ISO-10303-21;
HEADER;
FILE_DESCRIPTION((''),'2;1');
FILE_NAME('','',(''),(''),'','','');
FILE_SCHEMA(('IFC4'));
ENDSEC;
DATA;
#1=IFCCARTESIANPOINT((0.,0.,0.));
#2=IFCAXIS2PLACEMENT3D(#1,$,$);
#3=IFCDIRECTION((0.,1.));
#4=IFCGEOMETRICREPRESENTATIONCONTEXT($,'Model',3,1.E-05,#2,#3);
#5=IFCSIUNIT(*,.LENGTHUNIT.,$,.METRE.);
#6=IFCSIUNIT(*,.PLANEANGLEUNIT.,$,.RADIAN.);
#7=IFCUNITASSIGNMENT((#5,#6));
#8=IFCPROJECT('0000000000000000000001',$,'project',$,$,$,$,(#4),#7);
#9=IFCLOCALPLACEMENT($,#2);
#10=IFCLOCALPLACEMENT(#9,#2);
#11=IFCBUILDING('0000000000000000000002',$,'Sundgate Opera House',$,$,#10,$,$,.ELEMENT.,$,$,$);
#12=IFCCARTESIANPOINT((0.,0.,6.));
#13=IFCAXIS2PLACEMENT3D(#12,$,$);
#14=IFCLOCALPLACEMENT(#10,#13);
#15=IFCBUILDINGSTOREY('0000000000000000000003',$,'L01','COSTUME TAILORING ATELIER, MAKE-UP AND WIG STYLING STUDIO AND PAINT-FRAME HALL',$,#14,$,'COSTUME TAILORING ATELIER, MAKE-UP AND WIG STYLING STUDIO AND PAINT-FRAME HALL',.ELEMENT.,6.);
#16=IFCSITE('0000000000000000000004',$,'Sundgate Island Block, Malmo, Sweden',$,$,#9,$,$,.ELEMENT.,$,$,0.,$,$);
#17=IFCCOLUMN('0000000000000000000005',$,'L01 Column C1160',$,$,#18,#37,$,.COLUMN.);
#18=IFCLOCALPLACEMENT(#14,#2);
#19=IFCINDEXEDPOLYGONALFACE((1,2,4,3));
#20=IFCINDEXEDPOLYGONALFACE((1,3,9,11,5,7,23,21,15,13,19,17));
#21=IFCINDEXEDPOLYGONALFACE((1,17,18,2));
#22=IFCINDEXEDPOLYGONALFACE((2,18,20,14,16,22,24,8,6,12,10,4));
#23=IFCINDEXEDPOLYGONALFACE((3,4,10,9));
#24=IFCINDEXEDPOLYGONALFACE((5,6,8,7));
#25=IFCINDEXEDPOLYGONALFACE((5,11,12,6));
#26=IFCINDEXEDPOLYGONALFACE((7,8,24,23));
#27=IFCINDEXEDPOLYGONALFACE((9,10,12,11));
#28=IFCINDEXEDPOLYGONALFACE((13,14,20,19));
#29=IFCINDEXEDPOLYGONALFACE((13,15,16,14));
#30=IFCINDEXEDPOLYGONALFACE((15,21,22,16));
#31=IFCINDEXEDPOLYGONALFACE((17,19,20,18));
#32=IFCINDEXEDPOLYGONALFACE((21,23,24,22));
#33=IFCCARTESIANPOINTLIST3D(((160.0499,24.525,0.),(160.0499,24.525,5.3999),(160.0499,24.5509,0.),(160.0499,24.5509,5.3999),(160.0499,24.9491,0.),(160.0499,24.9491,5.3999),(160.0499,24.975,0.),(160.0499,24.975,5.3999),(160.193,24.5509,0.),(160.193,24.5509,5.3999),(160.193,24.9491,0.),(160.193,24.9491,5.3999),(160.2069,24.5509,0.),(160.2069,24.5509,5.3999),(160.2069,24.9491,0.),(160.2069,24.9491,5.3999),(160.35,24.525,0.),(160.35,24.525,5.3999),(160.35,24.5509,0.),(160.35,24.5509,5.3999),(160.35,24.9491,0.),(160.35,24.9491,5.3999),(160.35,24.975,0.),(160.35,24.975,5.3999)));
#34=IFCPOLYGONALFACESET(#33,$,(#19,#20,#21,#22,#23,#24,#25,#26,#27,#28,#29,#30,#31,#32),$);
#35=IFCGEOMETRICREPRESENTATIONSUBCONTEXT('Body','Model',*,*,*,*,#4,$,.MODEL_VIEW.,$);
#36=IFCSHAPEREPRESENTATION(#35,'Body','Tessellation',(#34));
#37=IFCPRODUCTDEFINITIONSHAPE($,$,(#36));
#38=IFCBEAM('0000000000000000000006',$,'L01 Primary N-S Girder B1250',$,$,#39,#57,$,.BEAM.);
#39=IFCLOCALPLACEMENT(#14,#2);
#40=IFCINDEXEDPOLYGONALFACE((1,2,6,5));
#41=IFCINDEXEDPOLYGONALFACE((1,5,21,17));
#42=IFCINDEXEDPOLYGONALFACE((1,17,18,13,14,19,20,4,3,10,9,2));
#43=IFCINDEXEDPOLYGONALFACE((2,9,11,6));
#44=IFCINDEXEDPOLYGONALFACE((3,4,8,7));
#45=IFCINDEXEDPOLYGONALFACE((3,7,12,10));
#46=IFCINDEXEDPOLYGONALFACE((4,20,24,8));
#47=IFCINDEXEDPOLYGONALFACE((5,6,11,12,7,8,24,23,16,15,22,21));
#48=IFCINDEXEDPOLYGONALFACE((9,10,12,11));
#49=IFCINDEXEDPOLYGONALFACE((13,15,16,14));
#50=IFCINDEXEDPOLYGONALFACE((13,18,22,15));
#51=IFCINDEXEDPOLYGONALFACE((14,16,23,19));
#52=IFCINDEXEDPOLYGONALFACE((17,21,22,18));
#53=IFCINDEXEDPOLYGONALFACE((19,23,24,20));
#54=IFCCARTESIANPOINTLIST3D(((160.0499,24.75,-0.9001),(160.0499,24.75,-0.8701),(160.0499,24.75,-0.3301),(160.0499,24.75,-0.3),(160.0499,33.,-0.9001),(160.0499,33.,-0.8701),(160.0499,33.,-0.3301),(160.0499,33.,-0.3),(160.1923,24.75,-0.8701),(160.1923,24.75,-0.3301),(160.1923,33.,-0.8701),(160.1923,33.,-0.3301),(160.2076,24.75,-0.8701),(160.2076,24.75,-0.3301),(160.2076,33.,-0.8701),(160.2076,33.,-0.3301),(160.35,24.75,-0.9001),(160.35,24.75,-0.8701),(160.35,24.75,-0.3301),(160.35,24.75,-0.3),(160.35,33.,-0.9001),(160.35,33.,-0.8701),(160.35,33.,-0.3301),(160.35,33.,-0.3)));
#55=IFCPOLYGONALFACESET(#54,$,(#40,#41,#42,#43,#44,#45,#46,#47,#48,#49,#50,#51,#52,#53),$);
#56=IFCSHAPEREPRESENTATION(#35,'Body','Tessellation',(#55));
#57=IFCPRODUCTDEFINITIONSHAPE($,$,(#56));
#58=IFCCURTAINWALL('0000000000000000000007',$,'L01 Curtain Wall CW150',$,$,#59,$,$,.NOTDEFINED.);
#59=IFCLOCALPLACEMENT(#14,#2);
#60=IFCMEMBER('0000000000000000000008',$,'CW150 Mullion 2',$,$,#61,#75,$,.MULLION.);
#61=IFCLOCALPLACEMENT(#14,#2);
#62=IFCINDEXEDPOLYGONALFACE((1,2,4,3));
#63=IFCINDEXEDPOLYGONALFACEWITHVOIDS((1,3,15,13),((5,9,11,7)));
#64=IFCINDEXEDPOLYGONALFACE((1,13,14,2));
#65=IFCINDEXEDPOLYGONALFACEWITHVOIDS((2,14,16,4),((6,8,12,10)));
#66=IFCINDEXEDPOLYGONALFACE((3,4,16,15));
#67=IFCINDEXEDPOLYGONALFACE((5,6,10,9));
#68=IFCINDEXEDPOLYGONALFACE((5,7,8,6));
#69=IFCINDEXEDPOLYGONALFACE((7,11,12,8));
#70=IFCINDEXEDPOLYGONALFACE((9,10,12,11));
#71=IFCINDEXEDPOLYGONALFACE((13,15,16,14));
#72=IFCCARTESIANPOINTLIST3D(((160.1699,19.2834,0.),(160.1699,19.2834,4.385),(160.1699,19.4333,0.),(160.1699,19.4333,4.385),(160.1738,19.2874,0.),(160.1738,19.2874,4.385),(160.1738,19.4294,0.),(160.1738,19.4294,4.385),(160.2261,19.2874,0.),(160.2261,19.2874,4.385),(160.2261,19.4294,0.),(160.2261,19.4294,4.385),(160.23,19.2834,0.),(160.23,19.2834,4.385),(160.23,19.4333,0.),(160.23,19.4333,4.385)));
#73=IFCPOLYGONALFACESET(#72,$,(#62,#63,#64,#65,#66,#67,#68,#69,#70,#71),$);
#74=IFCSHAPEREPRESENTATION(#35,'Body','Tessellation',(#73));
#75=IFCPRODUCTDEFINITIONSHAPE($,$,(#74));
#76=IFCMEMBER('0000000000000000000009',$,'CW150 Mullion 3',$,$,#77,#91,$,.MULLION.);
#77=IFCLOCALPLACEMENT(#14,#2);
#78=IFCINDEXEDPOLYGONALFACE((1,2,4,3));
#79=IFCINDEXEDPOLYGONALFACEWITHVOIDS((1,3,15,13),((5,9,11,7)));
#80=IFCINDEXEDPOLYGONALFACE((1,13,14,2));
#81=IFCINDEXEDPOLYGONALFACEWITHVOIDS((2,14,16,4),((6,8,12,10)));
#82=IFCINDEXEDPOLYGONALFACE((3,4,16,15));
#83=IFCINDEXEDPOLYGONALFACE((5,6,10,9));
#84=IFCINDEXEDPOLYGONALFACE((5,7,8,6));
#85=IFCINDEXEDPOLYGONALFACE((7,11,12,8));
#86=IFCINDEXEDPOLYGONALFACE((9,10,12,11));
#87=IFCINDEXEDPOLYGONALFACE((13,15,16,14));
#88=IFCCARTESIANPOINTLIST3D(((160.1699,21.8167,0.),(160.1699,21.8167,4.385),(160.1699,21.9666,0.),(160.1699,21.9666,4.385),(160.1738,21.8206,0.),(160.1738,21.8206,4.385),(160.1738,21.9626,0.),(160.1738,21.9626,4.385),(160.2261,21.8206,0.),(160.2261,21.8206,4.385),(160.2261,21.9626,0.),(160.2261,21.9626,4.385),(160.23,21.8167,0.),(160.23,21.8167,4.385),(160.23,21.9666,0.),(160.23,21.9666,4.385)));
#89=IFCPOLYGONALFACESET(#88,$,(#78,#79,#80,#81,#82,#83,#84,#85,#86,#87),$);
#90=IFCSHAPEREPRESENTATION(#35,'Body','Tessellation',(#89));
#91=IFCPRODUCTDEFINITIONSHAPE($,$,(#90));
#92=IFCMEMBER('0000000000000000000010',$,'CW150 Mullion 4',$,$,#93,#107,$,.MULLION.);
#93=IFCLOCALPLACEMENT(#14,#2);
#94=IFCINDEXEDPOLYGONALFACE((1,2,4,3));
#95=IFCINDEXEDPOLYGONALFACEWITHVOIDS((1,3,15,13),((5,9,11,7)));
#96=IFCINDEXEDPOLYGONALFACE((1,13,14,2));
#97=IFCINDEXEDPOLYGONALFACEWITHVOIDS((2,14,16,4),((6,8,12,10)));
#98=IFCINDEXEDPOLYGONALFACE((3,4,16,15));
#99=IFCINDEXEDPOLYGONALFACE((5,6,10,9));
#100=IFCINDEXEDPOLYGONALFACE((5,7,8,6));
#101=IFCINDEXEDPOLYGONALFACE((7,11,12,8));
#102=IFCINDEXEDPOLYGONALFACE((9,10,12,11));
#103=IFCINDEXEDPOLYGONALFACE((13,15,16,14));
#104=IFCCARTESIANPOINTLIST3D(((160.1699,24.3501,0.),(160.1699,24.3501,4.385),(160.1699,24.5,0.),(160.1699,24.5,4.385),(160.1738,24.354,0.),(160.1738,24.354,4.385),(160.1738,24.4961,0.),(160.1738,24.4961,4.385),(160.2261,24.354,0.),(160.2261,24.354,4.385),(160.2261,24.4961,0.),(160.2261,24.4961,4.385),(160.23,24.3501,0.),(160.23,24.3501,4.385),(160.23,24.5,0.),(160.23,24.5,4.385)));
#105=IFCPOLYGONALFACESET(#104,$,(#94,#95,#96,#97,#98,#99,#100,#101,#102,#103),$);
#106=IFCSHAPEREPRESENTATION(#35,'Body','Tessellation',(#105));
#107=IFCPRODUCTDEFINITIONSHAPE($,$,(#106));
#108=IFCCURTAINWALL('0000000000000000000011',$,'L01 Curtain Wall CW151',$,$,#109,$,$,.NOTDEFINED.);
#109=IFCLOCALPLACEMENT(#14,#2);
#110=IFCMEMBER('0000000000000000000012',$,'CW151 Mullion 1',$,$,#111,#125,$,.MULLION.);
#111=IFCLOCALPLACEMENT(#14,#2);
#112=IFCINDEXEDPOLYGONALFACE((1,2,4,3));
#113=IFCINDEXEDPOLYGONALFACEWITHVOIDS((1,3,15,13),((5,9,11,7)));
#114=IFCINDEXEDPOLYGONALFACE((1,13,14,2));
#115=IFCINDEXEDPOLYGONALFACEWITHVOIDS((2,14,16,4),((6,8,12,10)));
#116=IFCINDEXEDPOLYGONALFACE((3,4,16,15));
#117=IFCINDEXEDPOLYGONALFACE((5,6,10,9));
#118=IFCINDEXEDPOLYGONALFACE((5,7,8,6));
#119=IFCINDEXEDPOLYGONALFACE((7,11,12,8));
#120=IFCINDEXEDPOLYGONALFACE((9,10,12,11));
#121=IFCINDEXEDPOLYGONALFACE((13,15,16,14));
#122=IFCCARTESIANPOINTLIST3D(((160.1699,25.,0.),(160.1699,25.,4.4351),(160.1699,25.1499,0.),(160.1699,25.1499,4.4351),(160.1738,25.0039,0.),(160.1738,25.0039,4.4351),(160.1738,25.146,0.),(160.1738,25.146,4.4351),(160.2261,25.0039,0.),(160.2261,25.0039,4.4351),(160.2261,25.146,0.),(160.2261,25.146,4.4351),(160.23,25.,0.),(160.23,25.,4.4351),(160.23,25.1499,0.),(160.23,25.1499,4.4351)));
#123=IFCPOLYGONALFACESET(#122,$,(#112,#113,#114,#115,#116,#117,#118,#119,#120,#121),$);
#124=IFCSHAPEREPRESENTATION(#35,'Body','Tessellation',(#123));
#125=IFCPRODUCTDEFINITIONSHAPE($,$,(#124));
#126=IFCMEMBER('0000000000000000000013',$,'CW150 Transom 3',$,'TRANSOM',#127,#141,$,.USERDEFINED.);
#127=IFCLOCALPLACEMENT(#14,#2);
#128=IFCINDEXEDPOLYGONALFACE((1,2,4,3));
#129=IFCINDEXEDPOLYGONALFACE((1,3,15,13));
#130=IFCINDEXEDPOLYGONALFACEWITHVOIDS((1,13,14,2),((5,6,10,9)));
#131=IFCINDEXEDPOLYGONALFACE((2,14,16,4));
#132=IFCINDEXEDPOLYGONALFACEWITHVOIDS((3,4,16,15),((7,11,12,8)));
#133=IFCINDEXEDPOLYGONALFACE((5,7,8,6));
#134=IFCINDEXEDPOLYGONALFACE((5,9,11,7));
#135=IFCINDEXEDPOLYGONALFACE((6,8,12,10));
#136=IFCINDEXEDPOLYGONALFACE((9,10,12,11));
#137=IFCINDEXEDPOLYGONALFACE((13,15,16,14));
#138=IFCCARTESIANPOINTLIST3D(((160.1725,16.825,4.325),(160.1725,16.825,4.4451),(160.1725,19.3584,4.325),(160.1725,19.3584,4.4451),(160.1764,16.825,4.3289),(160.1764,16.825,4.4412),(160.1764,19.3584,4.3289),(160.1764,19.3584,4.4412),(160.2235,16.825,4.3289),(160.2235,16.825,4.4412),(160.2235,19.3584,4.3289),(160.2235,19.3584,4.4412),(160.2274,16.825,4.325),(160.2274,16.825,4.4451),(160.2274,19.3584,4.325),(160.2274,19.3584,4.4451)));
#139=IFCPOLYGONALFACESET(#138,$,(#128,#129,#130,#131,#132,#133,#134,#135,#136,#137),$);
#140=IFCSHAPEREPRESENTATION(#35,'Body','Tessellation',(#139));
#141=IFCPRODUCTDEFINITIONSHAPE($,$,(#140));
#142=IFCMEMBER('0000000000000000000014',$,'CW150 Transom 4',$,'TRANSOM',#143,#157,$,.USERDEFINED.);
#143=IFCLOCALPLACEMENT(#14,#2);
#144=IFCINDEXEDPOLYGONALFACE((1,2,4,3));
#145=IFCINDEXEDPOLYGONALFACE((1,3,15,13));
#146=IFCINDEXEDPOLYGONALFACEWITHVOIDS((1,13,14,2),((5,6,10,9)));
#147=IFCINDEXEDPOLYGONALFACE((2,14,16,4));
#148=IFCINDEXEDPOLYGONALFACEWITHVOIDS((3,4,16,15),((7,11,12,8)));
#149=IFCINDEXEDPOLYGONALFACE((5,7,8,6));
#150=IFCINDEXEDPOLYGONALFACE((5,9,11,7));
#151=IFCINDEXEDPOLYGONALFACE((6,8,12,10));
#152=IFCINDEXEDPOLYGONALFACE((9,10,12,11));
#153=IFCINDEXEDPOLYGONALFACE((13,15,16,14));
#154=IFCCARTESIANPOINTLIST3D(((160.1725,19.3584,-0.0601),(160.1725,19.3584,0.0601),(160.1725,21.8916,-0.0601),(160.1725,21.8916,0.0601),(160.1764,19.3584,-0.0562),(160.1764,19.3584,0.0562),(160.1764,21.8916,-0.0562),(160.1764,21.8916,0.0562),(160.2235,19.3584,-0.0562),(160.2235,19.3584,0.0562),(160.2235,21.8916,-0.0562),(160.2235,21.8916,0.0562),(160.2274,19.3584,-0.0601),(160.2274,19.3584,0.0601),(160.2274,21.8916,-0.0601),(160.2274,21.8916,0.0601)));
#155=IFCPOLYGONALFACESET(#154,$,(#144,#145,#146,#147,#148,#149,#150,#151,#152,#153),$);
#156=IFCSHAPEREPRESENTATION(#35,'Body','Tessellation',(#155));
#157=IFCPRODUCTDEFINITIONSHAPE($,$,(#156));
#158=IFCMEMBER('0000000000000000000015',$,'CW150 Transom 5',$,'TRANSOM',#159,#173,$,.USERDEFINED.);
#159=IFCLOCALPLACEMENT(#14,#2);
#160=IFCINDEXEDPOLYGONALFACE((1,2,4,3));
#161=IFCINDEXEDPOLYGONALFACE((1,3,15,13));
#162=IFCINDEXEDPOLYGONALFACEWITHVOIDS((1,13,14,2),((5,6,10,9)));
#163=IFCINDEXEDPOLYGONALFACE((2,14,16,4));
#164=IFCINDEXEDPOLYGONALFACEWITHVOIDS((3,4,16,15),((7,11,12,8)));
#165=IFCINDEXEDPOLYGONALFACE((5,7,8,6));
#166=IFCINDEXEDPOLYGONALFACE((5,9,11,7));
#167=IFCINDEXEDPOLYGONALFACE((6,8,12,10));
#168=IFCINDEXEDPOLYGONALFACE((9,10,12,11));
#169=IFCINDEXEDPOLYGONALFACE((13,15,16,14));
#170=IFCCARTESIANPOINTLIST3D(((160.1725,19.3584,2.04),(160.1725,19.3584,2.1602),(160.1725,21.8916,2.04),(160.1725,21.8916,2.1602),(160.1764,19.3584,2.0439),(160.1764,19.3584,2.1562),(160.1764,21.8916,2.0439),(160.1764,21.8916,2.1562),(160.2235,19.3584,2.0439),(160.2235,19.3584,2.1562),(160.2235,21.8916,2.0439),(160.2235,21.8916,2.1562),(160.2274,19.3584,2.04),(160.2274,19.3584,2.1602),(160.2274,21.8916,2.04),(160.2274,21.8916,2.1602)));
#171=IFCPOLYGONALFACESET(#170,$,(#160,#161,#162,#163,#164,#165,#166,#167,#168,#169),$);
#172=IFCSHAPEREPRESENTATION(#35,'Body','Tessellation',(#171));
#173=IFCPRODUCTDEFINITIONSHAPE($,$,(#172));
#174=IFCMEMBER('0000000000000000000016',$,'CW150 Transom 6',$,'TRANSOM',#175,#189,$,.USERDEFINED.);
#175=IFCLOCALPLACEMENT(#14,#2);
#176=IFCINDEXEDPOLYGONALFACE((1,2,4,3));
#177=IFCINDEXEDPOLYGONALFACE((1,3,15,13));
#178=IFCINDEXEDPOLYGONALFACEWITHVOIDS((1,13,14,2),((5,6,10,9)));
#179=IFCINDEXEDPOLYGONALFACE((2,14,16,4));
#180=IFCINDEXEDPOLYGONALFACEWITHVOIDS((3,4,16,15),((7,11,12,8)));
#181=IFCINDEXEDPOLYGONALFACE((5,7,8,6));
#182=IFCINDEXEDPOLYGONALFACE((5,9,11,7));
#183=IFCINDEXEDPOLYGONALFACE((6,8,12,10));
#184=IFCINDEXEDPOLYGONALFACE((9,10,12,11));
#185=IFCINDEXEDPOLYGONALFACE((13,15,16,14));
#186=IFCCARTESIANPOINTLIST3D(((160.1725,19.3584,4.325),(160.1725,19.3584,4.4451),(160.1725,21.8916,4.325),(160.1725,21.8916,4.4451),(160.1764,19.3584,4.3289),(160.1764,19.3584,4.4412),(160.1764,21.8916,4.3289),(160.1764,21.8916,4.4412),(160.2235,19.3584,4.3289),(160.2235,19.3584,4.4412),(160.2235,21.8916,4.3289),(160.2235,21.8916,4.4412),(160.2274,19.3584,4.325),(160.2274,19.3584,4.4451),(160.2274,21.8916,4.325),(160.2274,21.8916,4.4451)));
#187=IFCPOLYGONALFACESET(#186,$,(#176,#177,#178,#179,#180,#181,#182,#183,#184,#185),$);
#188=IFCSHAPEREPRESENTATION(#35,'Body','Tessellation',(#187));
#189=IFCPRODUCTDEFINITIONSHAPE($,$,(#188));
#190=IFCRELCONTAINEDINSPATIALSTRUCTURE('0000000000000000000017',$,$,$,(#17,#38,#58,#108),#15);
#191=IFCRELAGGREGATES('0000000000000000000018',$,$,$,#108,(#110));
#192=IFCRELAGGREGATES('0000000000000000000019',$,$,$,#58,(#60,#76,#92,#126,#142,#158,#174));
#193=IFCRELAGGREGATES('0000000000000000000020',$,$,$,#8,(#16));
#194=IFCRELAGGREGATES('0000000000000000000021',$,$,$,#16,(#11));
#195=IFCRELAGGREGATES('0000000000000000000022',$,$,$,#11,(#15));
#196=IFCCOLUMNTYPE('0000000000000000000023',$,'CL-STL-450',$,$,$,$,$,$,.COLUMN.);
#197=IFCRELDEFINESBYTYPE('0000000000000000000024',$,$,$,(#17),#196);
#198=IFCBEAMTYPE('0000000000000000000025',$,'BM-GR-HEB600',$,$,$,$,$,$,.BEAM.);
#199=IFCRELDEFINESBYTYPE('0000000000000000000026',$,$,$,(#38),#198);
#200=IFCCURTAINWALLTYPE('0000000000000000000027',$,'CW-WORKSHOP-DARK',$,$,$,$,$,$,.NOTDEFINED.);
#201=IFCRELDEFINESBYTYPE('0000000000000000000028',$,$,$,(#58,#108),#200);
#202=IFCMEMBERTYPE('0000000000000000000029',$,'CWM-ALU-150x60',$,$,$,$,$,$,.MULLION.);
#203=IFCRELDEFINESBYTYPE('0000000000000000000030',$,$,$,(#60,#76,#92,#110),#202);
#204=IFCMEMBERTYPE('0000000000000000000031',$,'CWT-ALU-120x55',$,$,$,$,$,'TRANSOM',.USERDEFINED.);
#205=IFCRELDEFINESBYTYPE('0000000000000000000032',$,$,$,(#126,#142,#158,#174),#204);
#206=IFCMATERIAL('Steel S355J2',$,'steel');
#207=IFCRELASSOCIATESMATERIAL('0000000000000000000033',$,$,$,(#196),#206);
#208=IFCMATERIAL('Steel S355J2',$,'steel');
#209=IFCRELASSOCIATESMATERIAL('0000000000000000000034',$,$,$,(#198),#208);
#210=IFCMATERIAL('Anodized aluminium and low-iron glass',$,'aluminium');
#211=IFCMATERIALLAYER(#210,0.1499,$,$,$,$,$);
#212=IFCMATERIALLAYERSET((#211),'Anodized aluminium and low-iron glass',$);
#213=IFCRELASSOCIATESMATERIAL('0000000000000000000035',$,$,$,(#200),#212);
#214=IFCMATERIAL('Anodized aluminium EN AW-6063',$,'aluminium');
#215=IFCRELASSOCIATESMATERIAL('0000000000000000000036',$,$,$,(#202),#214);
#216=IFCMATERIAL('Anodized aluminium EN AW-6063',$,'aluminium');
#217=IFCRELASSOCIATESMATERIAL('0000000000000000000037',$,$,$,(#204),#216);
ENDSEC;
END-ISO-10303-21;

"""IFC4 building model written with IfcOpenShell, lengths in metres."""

from ifc_helpers import new_model, si_unit, direction, frame, origin, origin_2d, place, context, subcontext, project, spatial, hollow_rectangle, i_section, extrude, material, layer, layer_set, material_profile, profile_set, type_object, element, aggregate, save


model = new_model("IFC4")

# Units and contexts
model_context = context("Model", 3, precision=1e-05, world=origin(), true_north=direction((0.0, 1.0)))
body_context = subcontext(model_context, "Body", "Model", "MODEL_VIEW")
ifc_project = project(units=[si_unit("LENGTHUNIT", "METRE"), si_unit("PLANEANGLEUNIT", "RADIAN")], contexts=[model_context])

# Site, building, storey
site_placement = place(None, origin())
site = spatial("IfcSite", under=ifc_project, at=site_placement, Name="Sundgate Island Block, Malmo, Sweden", CompositionType="ELEMENT", RefElevation=0.0)
building_placement = place(site_placement, origin())
building = spatial("IfcBuilding", under=site, at=building_placement, Name="Sundgate Opera House", CompositionType="ELEMENT")
storey_placement = place(building_placement, frame((0.0, 0.0, 6.0)))
storey = spatial("IfcBuildingStorey", under=building, at=storey_placement, Name="L01", Description="COSTUME TAILORING ATELIER, MAKE-UP AND WIG STYLING STUDIO AND PAINT-FRAME HALL", LongName="COSTUME TAILORING ATELIER, MAKE-UP AND WIG STYLING STUDIO AND PAINT-FRAME HALL", CompositionType="ELEMENT", Elevation=6.0)

# Column
ifc_material_1 = material(Name="Steel S355J2", Category="steel")
ifc_material_profile_1 = material_profile(ifc_material_1, i_section(OverallWidth=0.3, OverallDepth=0.45, WebThickness=0.0139, FlangeThickness=0.0259, at=origin_2d()), Name="HEB 450")
ifc_profile_set_1 = profile_set([ifc_material_profile_1], Name="Steel S355J2")
column_type = type_object("IfcColumnType", Name="CL-STL-450", PredefinedType="COLUMN", material=ifc_profile_set_1)
column_placement = place(storey_placement, frame((160.2, 24.75, 0.0), z_axis=(0.0, 0.0, 1.0), x_axis=(1.0, 0.0, 0.0)))
element("IfcColumn", 1, at=column_placement, inside=storey, type_object=column_type, Name="L01 Column C1160", PredefinedType="COLUMN", context=body_context, shape_type="SweptSolid", body=[
    extrude(i_section(OverallWidth=0.3, OverallDepth=0.45, WebThickness=0.0139, FlangeThickness=0.0259, at=origin_2d()), origin(), (0.0, 0.0, 1.0), 5.3999),
])

# Beam
ifc_material_2 = material(Name="Steel S355J2", Category="steel")
ifc_material_profile_2 = material_profile(ifc_material_2, i_section(OverallWidth=0.3, OverallDepth=0.6001, WebThickness=0.0154, FlangeThickness=0.03, at=origin_2d()), Name="HEB 600")
ifc_profile_set_2 = profile_set([ifc_material_profile_2], Name="Steel S355J2")
beam_type = type_object("IfcBeamType", Name="BM-GR-HEB600", PredefinedType="BEAM", material=ifc_profile_set_2)
beam_placement = place(storey_placement, frame((160.2, 24.75, -0.6001), z_axis=(0.0, 1.0, 0.0), x_axis=(-1.0, 0.0, 0.0)))
element("IfcBeam", 2, at=beam_placement, inside=storey, type_object=beam_type, Name="L01 Primary N-S Girder B1250", PredefinedType="BEAM", context=body_context, shape_type="SweptSolid", body=[
    extrude(i_section(OverallWidth=0.3, OverallDepth=0.6001, WebThickness=0.0154, FlangeThickness=0.03, at=origin_2d()), origin(), (0.0, 0.0, 1.0), 8.25),
])

# Curtain wall, members
ifc_material_3 = material(Name="Anodized aluminium and low-iron glass", Category="aluminium")
ifc_layer_1 = layer(ifc_material_3, 0.1499)
ifc_layer_set_1 = layer_set([ifc_layer_1], Name="Anodized aluminium and low-iron glass")
curtain_wall_type = type_object("IfcCurtainWallType", Name="CW-WORKSHOP-DARK", PredefinedType="NOTDEFINED", material=ifc_layer_set_1)
curtain_wall_1_placement = place(storey_placement, origin())
curtain_wall_1 = element("IfcCurtainWall", 3, at=curtain_wall_1_placement, inside=storey, type_object=curtain_wall_type, Name="L01 Curtain Wall CW150", PredefinedType="NOTDEFINED")
ifc_material_4 = material(Name="Anodized aluminium EN AW-6063", Category="aluminium")
ifc_material_profile_3 = material_profile(ifc_material_4, hollow_rectangle(XDim=0.0601, YDim=0.1499, WallThickness=0.0039, at=origin_2d()), Name="CWM 150x60x4")
ifc_profile_set_3 = profile_set([ifc_material_profile_3], Name="Anodized aluminium EN AW-6063")
member_type_1 = type_object("IfcMemberType", Name="CWM-ALU-150x60", PredefinedType="MULLION", material=ifc_profile_set_3)
member_1_placement = place(storey_placement, frame((160.2, 19.3584, 0.0), z_axis=(0.0, 0.0, 1.0), x_axis=(1.0, 0.0, 0.0)))
member_1 = element("IfcMember", 4, at=member_1_placement, type_object=member_type_1, Name="CW150 Mullion 2", PredefinedType="MULLION", context=body_context, shape_type="SweptSolid", body=[
    extrude(hollow_rectangle(XDim=0.0601, YDim=0.1499, WallThickness=0.0039, at=origin_2d()), origin(), (0.0, 0.0, 1.0), 4.385),
])
member_2_placement = place(storey_placement, frame((160.2, 21.8916, 0.0), z_axis=(0.0, 0.0, 1.0), x_axis=(1.0, 0.0, 0.0)))
member_2 = element("IfcMember", 5, at=member_2_placement, type_object=member_type_1, Name="CW150 Mullion 3", PredefinedType="MULLION", context=body_context, shape_type="SweptSolid", body=[
    extrude(hollow_rectangle(XDim=0.0601, YDim=0.1499, WallThickness=0.0039, at=origin_2d()), origin(), (0.0, 0.0, 1.0), 4.385),
])
member_3_placement = place(storey_placement, frame((160.2, 24.425, 0.0), z_axis=(0.0, 0.0, 1.0), x_axis=(1.0, 0.0, 0.0)))
member_3 = element("IfcMember", 6, at=member_3_placement, type_object=member_type_1, Name="CW150 Mullion 4", PredefinedType="MULLION", context=body_context, shape_type="SweptSolid", body=[
    extrude(hollow_rectangle(XDim=0.0601, YDim=0.1499, WallThickness=0.0039, at=origin_2d()), origin(), (0.0, 0.0, 1.0), 4.385),
])

# Curtain wall, member
curtain_wall_2_placement = place(storey_placement, origin())
curtain_wall_2 = element("IfcCurtainWall", 7, at=curtain_wall_2_placement, inside=storey, type_object=curtain_wall_type, Name="L01 Curtain Wall CW151", PredefinedType="NOTDEFINED")
member_4_placement = place(storey_placement, frame((160.2, 25.075, 0.0), z_axis=(0.0, 0.0, 1.0), x_axis=(1.0, 0.0, 0.0)))
member_4 = element("IfcMember", 8, at=member_4_placement, type_object=member_type_1, Name="CW151 Mullion 1", PredefinedType="MULLION", context=body_context, shape_type="SweptSolid", body=[
    extrude(hollow_rectangle(XDim=0.0601, YDim=0.1499, WallThickness=0.0039, at=origin_2d()), origin(), (0.0, 0.0, 1.0), 4.4351),
])

# Members
ifc_material_5 = material(Name="Anodized aluminium EN AW-6063", Category="aluminium")
ifc_material_profile_4 = material_profile(ifc_material_5, hollow_rectangle(XDim=0.0549, YDim=0.1201, WallThickness=0.0039, at=origin_2d()), Name="CWT 120x55x4")
ifc_profile_set_4 = profile_set([ifc_material_profile_4], Name="Anodized aluminium EN AW-6063")
member_type_2 = type_object("IfcMemberType", Name="CWT-ALU-120x55", ElementType="TRANSOM", PredefinedType="USERDEFINED", material=ifc_profile_set_4)
member_5_placement = place(storey_placement, frame((160.2, 16.825, 4.385), z_axis=(0.0, 1.0, 0.0), x_axis=(-1.0, 0.0, 0.0)))
member_5 = element("IfcMember", 9, at=member_5_placement, type_object=member_type_2, Name="CW150 Transom 3", ObjectType="TRANSOM", PredefinedType="USERDEFINED", context=body_context, shape_type="SweptSolid", body=[
    extrude(hollow_rectangle(XDim=0.0549, YDim=0.1201, WallThickness=0.0039, at=origin_2d()), origin(), (0.0, 0.0, 1.0), 2.5334),
])
member_6_placement = place(storey_placement, frame((160.2, 19.3584, 0.0), z_axis=(0.0, 1.0, 0.0), x_axis=(-1.0, 0.0, 0.0)))
member_6 = element("IfcMember", 10, at=member_6_placement, type_object=member_type_2, Name="CW150 Transom 4", ObjectType="TRANSOM", PredefinedType="USERDEFINED", context=body_context, shape_type="SweptSolid", body=[
    extrude(hollow_rectangle(XDim=0.0549, YDim=0.1201, WallThickness=0.0039, at=origin_2d()), origin(), (0.0, 0.0, 1.0), 2.5332),
])
member_7_placement = place(storey_placement, frame((160.2, 19.3584, 2.1001), z_axis=(0.0, 1.0, 0.0), x_axis=(-1.0, 0.0, 0.0)))
member_7 = element("IfcMember", 11, at=member_7_placement, type_object=member_type_2, Name="CW150 Transom 5", ObjectType="TRANSOM", PredefinedType="USERDEFINED", context=body_context, shape_type="SweptSolid", body=[
    extrude(hollow_rectangle(XDim=0.0549, YDim=0.1201, WallThickness=0.0039, at=origin_2d()), origin(), (0.0, 0.0, 1.0), 2.5332),
])
member_8_placement = place(storey_placement, frame((160.2, 19.3584, 4.385), z_axis=(0.0, 1.0, 0.0), x_axis=(-1.0, 0.0, 0.0)))
member_8 = element("IfcMember", 12, at=member_8_placement, type_object=member_type_2, Name="CW150 Transom 6", ObjectType="TRANSOM", PredefinedType="USERDEFINED", context=body_context, shape_type="SweptSolid", body=[
    extrude(hollow_rectangle(XDim=0.0549, YDim=0.1201, WallThickness=0.0039, at=origin_2d()), origin(), (0.0, 0.0, 1.0), 2.5332),
])
aggregate(curtain_wall_2, [member_4])

aggregate(curtain_wall_1, [member_1, member_2, member_3, member_5, member_6, member_7, member_8])

save(model, "model.ifc")
